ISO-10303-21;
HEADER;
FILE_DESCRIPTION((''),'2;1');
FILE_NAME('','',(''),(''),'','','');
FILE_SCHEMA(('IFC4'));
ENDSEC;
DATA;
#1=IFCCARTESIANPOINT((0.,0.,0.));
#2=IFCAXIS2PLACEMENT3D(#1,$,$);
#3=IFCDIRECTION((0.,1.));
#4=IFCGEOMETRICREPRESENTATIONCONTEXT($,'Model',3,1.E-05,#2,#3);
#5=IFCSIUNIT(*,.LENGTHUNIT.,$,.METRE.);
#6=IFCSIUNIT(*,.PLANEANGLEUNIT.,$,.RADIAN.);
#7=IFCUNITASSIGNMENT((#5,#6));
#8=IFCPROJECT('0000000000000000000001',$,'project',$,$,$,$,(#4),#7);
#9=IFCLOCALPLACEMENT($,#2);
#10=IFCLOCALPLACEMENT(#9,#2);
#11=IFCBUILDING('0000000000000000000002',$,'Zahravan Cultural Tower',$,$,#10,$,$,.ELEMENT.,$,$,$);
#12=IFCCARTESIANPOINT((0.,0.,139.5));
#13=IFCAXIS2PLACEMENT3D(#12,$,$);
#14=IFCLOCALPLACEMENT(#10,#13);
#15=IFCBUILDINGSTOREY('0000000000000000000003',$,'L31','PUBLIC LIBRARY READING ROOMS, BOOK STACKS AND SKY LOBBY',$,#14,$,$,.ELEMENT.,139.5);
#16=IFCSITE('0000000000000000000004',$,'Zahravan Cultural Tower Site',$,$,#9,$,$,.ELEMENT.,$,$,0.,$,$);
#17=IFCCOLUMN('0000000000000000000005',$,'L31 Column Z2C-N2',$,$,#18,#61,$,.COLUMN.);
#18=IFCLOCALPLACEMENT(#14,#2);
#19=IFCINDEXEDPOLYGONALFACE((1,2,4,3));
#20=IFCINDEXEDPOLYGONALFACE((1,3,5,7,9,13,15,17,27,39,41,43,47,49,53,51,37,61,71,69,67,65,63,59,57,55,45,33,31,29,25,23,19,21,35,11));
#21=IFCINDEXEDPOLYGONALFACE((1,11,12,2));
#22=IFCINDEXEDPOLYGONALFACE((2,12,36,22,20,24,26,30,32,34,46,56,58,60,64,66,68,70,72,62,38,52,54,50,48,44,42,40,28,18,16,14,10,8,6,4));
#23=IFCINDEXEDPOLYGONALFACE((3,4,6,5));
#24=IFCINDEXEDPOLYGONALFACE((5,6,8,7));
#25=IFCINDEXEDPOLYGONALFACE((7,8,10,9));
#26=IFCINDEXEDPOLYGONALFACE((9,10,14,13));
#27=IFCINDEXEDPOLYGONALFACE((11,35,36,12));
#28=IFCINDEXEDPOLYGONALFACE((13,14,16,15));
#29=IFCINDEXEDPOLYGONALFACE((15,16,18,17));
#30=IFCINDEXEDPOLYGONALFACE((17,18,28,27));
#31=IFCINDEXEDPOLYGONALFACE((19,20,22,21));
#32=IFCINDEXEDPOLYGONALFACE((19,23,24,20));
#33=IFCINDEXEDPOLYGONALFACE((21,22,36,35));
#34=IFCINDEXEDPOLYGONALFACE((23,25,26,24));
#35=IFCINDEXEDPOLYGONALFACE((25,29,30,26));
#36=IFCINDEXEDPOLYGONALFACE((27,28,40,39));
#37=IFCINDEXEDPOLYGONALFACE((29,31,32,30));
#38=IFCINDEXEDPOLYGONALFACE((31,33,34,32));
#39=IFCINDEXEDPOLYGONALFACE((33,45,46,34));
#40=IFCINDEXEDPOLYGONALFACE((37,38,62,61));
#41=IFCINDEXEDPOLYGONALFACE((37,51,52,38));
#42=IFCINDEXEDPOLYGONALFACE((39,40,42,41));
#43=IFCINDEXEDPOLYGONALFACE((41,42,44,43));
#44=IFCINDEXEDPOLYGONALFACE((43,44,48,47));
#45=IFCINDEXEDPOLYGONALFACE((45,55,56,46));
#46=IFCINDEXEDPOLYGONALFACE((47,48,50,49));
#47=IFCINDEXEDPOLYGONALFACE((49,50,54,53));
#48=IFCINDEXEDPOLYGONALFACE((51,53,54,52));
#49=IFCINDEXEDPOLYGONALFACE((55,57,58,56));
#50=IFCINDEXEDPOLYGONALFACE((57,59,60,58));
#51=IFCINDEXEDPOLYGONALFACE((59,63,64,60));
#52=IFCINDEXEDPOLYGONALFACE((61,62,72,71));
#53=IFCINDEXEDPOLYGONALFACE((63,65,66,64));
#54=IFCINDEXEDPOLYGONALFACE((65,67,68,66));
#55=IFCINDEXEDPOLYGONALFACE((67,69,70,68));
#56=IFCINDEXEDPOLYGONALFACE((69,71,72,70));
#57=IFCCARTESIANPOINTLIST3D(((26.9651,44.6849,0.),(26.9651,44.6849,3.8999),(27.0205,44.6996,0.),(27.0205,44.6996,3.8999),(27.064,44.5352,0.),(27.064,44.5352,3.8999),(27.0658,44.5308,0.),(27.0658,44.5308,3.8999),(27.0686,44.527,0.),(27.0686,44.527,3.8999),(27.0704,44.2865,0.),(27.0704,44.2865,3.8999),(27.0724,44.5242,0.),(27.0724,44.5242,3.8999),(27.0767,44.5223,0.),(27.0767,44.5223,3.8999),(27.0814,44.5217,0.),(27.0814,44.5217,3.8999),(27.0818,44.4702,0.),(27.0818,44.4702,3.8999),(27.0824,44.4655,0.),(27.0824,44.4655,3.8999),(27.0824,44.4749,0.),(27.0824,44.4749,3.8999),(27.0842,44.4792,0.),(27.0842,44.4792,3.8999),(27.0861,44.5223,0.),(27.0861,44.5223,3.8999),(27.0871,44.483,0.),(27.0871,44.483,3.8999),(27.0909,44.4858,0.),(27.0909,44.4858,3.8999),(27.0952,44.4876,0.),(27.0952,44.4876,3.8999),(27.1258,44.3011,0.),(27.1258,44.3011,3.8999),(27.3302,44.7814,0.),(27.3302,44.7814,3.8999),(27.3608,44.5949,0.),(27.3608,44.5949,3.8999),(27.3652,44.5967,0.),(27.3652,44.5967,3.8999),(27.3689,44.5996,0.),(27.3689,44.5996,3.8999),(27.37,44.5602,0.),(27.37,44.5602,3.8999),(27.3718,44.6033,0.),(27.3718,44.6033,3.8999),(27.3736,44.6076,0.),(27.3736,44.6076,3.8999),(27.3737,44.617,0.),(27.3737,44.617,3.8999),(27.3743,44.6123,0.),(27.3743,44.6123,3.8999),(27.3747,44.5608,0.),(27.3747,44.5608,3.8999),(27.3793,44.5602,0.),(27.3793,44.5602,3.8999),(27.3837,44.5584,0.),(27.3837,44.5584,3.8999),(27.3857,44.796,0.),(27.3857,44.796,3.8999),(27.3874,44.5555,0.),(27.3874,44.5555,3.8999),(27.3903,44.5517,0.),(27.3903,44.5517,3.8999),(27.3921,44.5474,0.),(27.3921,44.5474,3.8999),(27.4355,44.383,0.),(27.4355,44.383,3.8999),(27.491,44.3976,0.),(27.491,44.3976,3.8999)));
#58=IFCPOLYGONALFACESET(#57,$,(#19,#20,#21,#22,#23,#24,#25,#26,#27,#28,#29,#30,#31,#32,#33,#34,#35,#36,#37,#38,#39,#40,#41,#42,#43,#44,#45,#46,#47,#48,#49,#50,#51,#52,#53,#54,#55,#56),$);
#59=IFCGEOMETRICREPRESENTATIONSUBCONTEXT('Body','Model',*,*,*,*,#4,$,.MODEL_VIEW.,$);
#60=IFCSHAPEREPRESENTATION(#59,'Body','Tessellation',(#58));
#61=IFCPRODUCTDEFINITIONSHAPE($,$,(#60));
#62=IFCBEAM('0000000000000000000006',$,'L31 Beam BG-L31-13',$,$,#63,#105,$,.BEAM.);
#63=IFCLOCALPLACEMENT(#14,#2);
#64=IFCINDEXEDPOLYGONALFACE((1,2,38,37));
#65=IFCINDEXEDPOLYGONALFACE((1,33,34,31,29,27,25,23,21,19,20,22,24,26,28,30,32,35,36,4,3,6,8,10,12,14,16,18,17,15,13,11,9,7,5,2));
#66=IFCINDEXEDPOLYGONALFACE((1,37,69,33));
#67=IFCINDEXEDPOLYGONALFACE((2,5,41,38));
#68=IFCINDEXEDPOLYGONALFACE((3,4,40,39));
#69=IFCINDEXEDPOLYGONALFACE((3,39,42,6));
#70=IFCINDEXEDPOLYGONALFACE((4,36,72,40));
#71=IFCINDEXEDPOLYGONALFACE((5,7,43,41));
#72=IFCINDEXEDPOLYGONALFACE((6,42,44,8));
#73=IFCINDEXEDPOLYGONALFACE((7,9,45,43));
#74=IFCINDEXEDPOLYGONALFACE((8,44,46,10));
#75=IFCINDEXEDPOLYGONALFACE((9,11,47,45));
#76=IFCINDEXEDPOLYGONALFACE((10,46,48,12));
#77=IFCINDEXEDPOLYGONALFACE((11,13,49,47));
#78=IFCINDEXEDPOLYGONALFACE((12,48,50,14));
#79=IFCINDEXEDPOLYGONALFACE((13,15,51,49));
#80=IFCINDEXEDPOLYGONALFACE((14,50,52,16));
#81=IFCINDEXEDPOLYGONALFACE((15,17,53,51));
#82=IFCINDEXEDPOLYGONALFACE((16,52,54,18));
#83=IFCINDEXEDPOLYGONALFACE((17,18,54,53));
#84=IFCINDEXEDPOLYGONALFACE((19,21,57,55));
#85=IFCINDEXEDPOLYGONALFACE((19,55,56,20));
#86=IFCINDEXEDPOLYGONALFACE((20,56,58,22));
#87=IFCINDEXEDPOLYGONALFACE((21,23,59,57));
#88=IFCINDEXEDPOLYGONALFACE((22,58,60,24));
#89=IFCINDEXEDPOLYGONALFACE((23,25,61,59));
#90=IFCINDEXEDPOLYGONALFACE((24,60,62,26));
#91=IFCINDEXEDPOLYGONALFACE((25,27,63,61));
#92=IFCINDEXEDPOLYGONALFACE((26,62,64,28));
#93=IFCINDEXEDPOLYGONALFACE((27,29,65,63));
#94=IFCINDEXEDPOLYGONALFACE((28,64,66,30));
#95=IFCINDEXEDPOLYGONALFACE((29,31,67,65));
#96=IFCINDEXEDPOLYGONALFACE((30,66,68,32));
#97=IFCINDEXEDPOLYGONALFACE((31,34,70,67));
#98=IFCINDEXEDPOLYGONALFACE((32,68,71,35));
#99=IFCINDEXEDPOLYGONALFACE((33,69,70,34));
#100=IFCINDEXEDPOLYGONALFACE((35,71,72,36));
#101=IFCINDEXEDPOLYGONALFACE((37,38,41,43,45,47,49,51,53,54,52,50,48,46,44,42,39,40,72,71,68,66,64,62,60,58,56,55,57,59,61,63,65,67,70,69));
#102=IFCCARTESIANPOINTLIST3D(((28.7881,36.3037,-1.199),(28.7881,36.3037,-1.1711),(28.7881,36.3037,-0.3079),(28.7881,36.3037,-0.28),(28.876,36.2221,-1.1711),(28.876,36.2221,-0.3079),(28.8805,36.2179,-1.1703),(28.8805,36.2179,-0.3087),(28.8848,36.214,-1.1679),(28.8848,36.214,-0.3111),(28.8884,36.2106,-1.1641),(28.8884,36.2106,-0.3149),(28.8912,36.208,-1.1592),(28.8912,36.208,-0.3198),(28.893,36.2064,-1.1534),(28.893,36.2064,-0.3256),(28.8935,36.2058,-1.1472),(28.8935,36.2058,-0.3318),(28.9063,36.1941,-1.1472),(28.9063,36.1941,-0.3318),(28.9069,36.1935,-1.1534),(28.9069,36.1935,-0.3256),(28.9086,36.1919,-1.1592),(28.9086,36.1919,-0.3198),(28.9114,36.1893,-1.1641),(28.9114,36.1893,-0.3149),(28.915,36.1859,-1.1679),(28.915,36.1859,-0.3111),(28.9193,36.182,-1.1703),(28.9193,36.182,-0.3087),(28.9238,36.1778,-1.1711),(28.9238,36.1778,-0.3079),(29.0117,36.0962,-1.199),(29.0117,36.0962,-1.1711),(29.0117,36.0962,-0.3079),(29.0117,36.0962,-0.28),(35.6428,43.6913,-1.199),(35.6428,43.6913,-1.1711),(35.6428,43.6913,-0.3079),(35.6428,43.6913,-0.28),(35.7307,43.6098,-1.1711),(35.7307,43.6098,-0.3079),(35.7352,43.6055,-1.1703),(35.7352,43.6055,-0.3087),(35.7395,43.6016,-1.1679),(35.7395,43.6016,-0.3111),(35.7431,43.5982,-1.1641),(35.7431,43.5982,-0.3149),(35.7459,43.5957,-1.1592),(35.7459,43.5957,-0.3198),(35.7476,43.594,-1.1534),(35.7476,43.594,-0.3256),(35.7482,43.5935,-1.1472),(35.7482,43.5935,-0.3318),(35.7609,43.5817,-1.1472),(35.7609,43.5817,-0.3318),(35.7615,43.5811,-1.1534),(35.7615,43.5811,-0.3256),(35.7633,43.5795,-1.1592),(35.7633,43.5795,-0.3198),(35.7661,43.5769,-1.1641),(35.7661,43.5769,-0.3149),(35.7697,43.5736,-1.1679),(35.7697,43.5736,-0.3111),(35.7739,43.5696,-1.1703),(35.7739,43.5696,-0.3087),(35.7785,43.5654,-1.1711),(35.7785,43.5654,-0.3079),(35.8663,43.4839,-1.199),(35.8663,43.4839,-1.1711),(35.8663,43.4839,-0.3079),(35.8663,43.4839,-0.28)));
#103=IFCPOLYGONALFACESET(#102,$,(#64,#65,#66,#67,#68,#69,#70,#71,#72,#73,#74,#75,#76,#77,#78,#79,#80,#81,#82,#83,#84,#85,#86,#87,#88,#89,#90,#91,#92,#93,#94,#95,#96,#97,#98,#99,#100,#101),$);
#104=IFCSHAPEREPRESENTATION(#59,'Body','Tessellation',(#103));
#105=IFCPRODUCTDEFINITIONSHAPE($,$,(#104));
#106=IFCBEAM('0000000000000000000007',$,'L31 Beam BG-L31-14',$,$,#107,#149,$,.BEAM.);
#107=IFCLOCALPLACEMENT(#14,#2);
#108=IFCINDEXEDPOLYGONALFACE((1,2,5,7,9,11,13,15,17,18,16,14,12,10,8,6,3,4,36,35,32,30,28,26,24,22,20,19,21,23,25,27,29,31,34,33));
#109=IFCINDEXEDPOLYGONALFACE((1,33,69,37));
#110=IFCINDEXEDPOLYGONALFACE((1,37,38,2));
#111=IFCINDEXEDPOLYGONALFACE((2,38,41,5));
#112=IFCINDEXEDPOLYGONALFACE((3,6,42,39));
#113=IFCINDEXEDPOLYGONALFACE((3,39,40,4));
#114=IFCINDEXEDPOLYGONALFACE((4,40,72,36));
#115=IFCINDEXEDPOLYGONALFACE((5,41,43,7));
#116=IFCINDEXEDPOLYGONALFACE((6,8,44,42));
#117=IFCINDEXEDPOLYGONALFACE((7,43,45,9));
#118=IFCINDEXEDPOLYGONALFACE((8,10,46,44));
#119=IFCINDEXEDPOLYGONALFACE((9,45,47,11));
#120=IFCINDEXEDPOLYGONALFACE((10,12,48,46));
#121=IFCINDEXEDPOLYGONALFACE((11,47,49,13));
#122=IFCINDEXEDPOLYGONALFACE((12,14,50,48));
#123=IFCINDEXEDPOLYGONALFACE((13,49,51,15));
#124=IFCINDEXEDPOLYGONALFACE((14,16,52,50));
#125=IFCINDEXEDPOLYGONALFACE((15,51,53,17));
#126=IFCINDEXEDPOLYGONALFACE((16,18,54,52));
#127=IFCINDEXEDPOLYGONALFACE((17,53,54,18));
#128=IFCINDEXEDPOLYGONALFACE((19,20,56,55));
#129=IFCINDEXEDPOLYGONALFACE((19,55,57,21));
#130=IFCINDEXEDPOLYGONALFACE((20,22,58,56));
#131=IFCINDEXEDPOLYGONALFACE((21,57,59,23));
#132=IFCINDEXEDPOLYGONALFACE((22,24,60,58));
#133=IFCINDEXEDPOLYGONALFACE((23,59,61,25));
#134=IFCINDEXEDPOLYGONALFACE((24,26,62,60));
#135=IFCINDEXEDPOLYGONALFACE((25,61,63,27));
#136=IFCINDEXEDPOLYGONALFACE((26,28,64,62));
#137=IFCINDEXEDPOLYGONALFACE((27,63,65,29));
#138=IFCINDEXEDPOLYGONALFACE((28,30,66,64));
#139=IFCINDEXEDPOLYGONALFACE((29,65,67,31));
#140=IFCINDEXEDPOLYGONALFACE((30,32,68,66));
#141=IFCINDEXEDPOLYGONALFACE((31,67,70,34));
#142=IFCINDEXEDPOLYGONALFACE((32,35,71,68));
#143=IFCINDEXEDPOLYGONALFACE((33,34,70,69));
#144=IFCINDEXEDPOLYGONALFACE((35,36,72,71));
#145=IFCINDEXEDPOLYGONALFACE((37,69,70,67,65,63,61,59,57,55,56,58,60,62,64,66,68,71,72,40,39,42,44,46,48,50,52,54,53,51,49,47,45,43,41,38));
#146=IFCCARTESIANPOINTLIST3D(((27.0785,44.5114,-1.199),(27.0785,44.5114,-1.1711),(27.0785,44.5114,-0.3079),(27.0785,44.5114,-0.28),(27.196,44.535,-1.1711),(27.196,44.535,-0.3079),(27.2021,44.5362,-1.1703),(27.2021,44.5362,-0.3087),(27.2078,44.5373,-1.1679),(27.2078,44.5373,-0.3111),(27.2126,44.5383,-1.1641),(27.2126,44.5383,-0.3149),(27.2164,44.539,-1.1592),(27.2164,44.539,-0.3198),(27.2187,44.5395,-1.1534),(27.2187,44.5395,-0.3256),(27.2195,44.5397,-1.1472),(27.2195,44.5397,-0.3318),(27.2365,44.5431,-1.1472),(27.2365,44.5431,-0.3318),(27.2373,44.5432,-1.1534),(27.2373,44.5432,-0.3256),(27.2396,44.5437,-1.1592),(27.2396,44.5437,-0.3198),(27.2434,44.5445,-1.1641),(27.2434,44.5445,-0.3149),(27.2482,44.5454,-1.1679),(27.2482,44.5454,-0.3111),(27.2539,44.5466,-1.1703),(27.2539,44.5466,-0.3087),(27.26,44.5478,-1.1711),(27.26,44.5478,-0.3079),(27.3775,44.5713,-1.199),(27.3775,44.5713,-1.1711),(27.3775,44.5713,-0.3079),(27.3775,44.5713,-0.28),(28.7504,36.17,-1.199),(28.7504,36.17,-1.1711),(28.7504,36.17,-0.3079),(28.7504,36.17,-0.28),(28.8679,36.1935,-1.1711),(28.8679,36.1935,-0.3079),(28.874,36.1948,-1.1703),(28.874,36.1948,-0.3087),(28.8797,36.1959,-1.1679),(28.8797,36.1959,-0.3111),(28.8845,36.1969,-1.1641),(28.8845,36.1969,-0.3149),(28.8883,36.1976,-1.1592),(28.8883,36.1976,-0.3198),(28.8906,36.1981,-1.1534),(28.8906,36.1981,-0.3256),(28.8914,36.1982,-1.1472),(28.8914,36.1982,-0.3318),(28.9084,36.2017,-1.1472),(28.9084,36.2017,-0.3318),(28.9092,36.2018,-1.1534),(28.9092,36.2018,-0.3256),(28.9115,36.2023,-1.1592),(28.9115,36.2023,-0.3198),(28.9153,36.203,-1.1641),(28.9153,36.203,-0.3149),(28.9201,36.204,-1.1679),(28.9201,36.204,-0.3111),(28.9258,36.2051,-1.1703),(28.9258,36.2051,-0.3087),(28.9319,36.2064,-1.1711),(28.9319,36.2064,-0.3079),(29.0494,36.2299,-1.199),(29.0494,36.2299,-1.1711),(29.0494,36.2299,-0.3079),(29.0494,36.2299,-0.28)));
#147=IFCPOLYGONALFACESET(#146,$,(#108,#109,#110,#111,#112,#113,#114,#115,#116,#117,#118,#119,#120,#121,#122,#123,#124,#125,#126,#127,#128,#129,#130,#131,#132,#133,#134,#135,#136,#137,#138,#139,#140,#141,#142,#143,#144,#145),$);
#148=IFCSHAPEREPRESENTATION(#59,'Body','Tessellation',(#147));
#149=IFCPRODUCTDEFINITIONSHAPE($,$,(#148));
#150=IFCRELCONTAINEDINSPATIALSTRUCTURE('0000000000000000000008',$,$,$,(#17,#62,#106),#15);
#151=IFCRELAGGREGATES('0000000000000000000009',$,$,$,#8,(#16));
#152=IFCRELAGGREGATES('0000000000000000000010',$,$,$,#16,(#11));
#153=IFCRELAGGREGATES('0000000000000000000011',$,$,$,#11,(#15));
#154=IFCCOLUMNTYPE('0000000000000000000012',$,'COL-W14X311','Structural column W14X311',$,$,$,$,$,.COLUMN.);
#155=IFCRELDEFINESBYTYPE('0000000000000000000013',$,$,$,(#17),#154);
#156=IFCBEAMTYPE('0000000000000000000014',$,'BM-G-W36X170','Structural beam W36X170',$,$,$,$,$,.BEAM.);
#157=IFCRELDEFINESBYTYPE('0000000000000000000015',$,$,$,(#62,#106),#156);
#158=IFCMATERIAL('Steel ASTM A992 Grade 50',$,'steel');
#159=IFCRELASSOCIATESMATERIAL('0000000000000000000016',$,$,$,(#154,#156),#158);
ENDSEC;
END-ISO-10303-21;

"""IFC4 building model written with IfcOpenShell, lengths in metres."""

from ifc_helpers import new_model, si_unit, direction, frame, origin, origin_2d, place, context, subcontext, project, spatial, i_section, extrude, source, transform, mapped, material, material_profile, profile_set, type_object, element, save


model = new_model("IFC4")

# Units and contexts
model_context = context("Model", 3, precision=1e-05, world=origin(), true_north=direction((0.0, 1.0)))
body_context = subcontext(model_context, "Body", "Model", "MODEL_VIEW")
ifc_project = project(units=[si_unit("LENGTHUNIT", "METRE"), si_unit("PLANEANGLEUNIT", "RADIAN")], contexts=[model_context])

# Site, building, storey
site_placement = place(None, origin())
site = spatial("IfcSite", under=ifc_project, at=site_placement, Name="Zahravan Cultural Tower Site", CompositionType="ELEMENT", RefElevation=0.0)
building_placement = place(site_placement, origin())
building = spatial("IfcBuilding", under=site, at=building_placement, Name="Zahravan Cultural Tower", CompositionType="ELEMENT")
storey_placement = place(building_placement, frame((0.0, 0.0, 139.5)))
storey = spatial("IfcBuildingStorey", under=building, at=storey_placement, Name="L31", Description="PUBLIC LIBRARY READING ROOMS, BOOK STACKS AND SKY LOBBY", CompositionType="ELEMENT", Elevation=139.5)

# Column
ifc_material_1 = material(Name="Steel ASTM A992 Grade 50", Category="steel")
ifc_material_profile_1 = material_profile(ifc_material_1, i_section(OverallWidth=0.4121, OverallDepth=0.4351, WebThickness=0.0359, FlangeThickness=0.0574, FilletRadius=0.0181, at=origin_2d()), Name="W14X311")
ifc_profile_set_1 = profile_set([ifc_material_profile_1], Name="Steel ASTM A992 Grade 50")
column_type = type_object("IfcColumnType", Name="COL-W14X311", Description="Structural column W14X311", PredefinedType="COLUMN", material=ifc_profile_set_1)
shared_shape_1 = source(origin(), body_context, "Body", "SweptSolid", [
    extrude(i_section(OverallWidth=0.4121, OverallDepth=0.4351, WebThickness=0.0359, FlangeThickness=0.0574, FilletRadius=0.0181, at=origin_2d()), origin(), (0.0, 0.0, 1.0), 3.8999),
])
column_placement = place(storey_placement, frame((27.228, 44.5413, 0.0), z_axis=(0.0, 0.0, 1.0), x_axis=(-0.255446, 0.966823, 0.0)))
element("IfcColumn", 1, at=column_placement, inside=storey, type_object=column_type, Name="L31 Column Z2C-N2", PredefinedType="COLUMN", context=body_context, shape_type="MappedRepresentation", body=[
    mapped(shared_shape_1, transform((0.0, 0.0, 0.0), x_axis=(1.0, 0.0, 0.0), y_axis=(0.0, 1.0, 0.0), z_axis=(0.0, 0.0, 1.0), scale=1.0)),
])

# Beams
ifc_material_profile_2 = material_profile(ifc_material_1, i_section(OverallWidth=0.3049, OverallDepth=0.9189, WebThickness=0.0173, FlangeThickness=0.0278, FilletRadius=0.0239, at=origin_2d()), Name="W36X170")
ifc_profile_set_2 = profile_set([ifc_material_profile_2], Name="Steel ASTM A992 Grade 50")
beam_type_1 = type_object("IfcBeamType", Name="BM-G-W36X170", Description="Structural beam W36X170", PredefinedType="BEAM", material=ifc_profile_set_2)
shared_shape_2 = source(origin(), body_context, "Body", "SweptSolid", [
    extrude(i_section(OverallWidth=0.3049, OverallDepth=0.9189, WebThickness=0.0173, FlangeThickness=0.0278, FilletRadius=0.0239, at=origin_2d()), origin(), (0.0, 0.0, 1.0), 10.0779),
])
beam_1_placement = place(storey_placement, frame((28.8999, 36.2, -0.7395), z_axis=(0.68017, 0.733054, 0.0), x_axis=(-0.733054, 0.68017, 0.0)))
element("IfcBeam", 2, at=beam_1_placement, inside=storey, type_object=beam_type_1, Name="L31 Beam BG-L31-13", PredefinedType="BEAM", context=body_context, shape_type="MappedRepresentation", body=[
    mapped(shared_shape_2, transform((0.0, 0.0, 0.0), x_axis=(1.0, 0.0, 0.0), y_axis=(0.0, 1.0, 0.0), z_axis=(0.0, 0.0, 1.0), scale=1.0)),
])
shared_shape_3 = source(origin(), body_context, "Body", "SweptSolid", [
    extrude(i_section(OverallWidth=0.3049, OverallDepth=0.9189, WebThickness=0.0173, FlangeThickness=0.0278, FilletRadius=0.0239, at=origin_2d()), origin(), (0.0, 0.0, 1.0), 8.5073),
])
beam_2_placement = place(storey_placement, frame((28.8999, 36.2, -0.7395), z_axis=(-0.196525, 0.980499, 0.0), x_axis=(-0.980499, -0.196525, 0.0)))
element("IfcBeam", 3, at=beam_2_placement, inside=storey, type_object=beam_type_1, Name="L31 Beam BG-L31-14", PredefinedType="BEAM", context=body_context, shape_type="MappedRepresentation", body=[
    mapped(shared_shape_3, transform((0.0, 0.0, 0.0), x_axis=(1.0, 0.0, 0.0), y_axis=(0.0, 1.0, 0.0), z_axis=(0.0, 0.0, 1.0), scale=1.0)),
])

save(model, "model.ifc")
